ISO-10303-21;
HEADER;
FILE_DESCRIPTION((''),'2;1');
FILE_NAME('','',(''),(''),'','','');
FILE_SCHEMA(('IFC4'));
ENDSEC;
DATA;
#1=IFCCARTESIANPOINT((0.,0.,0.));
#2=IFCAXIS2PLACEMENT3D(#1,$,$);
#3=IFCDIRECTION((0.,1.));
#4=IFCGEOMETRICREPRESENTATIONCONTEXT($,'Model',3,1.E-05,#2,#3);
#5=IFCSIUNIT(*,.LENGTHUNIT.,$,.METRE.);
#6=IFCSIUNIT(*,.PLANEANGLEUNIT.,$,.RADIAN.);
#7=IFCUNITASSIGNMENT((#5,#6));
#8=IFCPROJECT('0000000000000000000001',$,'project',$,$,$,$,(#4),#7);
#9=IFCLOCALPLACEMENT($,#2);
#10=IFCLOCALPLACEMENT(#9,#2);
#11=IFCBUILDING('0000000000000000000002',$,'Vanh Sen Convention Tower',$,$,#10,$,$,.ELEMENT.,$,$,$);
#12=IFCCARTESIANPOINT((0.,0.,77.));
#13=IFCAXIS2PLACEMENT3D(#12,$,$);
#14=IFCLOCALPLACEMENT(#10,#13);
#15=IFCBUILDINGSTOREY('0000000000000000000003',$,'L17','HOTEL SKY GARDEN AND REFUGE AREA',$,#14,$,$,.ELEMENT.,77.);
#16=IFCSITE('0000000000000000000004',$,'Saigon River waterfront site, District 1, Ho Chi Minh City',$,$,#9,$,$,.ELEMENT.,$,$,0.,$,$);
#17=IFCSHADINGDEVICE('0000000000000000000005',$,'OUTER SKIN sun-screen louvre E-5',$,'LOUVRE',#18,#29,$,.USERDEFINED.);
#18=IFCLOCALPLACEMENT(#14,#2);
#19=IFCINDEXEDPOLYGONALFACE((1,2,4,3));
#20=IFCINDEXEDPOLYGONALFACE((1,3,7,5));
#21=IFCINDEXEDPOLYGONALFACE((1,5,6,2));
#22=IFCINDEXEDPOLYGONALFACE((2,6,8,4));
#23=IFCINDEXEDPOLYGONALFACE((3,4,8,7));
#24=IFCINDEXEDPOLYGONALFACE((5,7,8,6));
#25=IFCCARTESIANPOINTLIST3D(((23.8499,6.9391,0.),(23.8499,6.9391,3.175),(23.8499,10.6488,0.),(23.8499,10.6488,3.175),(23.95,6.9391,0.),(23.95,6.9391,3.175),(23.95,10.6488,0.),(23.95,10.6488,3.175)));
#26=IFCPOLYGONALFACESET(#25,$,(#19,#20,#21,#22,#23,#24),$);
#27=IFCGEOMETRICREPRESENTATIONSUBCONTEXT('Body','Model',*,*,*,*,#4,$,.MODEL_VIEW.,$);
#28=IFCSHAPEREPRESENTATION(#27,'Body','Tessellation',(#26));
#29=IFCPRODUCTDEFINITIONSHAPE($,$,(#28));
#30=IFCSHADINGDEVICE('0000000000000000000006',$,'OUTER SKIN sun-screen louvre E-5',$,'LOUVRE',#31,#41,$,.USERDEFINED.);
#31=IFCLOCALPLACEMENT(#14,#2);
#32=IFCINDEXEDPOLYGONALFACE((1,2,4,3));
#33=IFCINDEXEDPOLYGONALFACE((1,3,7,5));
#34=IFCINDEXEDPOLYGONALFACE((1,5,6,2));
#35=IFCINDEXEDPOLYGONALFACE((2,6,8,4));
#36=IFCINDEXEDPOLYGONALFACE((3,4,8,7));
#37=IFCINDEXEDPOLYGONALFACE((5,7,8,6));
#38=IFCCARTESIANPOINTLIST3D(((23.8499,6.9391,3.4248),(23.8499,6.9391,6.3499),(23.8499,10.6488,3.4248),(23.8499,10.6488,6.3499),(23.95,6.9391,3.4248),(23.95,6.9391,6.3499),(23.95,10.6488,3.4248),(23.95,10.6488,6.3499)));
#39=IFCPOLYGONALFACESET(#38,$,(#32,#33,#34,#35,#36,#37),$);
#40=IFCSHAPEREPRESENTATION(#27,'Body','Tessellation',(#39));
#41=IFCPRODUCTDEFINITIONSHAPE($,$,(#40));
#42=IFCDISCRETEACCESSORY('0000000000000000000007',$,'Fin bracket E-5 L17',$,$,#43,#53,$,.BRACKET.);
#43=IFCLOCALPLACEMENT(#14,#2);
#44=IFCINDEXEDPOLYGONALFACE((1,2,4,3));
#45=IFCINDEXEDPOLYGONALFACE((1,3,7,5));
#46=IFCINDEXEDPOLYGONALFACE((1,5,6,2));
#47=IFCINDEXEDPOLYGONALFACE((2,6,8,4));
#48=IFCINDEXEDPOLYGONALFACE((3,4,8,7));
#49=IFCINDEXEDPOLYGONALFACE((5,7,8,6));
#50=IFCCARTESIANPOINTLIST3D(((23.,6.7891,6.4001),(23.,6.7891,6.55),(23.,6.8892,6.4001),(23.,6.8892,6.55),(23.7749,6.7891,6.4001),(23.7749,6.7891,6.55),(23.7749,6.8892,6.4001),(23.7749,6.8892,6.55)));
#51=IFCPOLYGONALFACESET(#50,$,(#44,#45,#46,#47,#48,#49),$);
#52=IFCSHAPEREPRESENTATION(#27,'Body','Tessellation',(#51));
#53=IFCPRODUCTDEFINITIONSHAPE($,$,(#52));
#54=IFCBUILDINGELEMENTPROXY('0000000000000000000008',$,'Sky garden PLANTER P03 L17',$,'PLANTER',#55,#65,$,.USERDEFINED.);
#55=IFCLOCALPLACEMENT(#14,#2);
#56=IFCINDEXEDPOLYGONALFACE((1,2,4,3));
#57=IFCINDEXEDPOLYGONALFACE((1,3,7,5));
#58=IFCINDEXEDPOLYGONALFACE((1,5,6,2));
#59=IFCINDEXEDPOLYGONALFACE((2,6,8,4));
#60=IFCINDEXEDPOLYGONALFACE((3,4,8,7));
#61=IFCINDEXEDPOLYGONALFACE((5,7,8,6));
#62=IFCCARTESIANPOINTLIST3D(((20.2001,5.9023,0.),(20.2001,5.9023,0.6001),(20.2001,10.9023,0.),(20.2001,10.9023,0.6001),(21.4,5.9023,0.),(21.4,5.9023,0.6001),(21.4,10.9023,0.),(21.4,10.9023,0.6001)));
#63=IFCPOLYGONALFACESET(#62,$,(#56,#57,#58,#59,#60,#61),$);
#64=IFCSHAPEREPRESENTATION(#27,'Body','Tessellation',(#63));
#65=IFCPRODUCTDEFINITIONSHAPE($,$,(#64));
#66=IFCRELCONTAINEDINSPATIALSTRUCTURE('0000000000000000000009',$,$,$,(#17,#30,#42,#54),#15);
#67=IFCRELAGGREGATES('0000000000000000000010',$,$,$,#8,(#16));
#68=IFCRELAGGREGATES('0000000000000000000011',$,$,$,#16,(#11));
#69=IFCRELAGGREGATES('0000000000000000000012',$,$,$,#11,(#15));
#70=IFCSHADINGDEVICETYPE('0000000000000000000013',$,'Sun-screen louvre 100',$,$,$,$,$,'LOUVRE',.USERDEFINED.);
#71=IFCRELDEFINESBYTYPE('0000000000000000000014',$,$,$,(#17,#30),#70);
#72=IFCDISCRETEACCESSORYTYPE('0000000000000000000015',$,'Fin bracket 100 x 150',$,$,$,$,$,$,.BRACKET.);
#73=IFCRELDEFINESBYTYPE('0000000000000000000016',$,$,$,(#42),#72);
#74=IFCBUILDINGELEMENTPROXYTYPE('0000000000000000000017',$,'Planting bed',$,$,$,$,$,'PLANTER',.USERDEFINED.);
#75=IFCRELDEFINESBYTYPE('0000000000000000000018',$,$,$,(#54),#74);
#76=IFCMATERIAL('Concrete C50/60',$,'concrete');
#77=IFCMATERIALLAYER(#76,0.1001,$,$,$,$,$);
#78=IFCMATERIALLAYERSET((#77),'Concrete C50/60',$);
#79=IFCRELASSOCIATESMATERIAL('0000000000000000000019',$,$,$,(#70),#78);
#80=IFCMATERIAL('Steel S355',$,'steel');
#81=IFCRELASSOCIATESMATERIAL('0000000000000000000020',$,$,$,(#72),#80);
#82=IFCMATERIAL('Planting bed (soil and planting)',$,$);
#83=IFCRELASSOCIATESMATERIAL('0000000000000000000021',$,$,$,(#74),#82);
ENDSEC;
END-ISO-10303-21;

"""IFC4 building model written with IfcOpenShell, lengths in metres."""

from ifc_helpers import new_model, si_unit, direction, frame, origin, origin_2d, place, context, subcontext, project, spatial, rectangle, extrude, material, layer, layer_set, type_object, element, save


model = new_model("IFC4")

# Units and contexts
model_context = context("Model", 3, precision=1e-05, world=origin(), true_north=direction((0.0, 1.0)))
body_context = subcontext(model_context, "Body", "Model", "MODEL_VIEW")
ifc_project = project(units=[si_unit("LENGTHUNIT", "METRE"), si_unit("PLANEANGLEUNIT", "RADIAN")], contexts=[model_context])

# Site, building, storey
site_placement = place(None, origin())
site = spatial("IfcSite", under=ifc_project, at=site_placement, Name="Saigon River waterfront site, District 1, Ho Chi Minh City", CompositionType="ELEMENT", RefElevation=0.0)
building_placement = place(site_placement, origin())
building = spatial("IfcBuilding", under=site, at=building_placement, Name="Vanh Sen Convention Tower", CompositionType="ELEMENT")
storey_placement = place(building_placement, frame((0.0, 0.0, 77.0)))
storey = spatial("IfcBuildingStorey", under=building, at=storey_placement, Name="L17", Description="HOTEL SKY GARDEN AND REFUGE AREA", CompositionType="ELEMENT", Elevation=77.0)

# Shading devices
ifc_material_1 = material(Name="Concrete C50/60", Category="concrete")
ifc_layer_1 = layer(ifc_material_1, 0.1001)
ifc_layer_set_1 = layer_set([ifc_layer_1], Name="Concrete C50/60")
shading_device_type = type_object("IfcShadingDeviceType", Name="Sun-screen louvre 100", ElementType="LOUVRE", PredefinedType="USERDEFINED", material=ifc_layer_set_1)
shading_device_1_placement = place(storey_placement, frame((23.8999, 8.7939, 0.0), z_axis=(0.0, 0.0, 1.0), x_axis=(0.0, 1.0, 0.0)))
element("IfcShadingDevice", 1, at=shading_device_1_placement, inside=storey, type_object=shading_device_type, Name="OUTER SKIN sun-screen louvre E-5", ObjectType="LOUVRE", PredefinedType="USERDEFINED", context=body_context, shape_type="SweptSolid", body=[
    extrude(rectangle(XDim=3.7097, YDim=0.1001, at=origin_2d()), origin(), (0.0, 0.0, 1.0), 3.175),
])
shading_device_2_placement = place(storey_placement, frame((23.8999, 8.7939, 3.4248), z_axis=(0.0, 0.0, 1.0), x_axis=(0.0, 1.0, 0.0)))
element("IfcShadingDevice", 2, at=shading_device_2_placement, inside=storey, type_object=shading_device_type, Name="OUTER SKIN sun-screen louvre E-5", ObjectType="LOUVRE", PredefinedType="USERDEFINED", context=body_context, shape_type="SweptSolid", body=[
    extrude(rectangle(XDim=3.7097, YDim=0.1001, at=origin_2d()), origin(), (0.0, 0.0, 1.0), 2.925),
])

# Discrete accessory
ifc_material_2 = material(Name="Steel S355", Category="steel")
discrete_accessory_type = type_object("IfcDiscreteAccessoryType", Name="Fin bracket 100 x 150", PredefinedType="BRACKET", material=ifc_material_2)
discrete_accessory_placement = place(storey_placement, frame((23.3875, 6.8391, 6.4001), z_axis=(0.0, 0.0, 1.0), x_axis=(1.0, 0.0, 0.0)))
element("IfcDiscreteAccessory", 3, at=discrete_accessory_placement, inside=storey, type_object=discrete_accessory_type, Name="Fin bracket E-5 L17", PredefinedType="BRACKET", context=body_context, shape_type="SweptSolid", body=[
    extrude(rectangle(XDim=0.7749, YDim=0.1001, at=origin_2d()), origin(), (0.0, 0.0, 1.0), 0.1499),
])

# Building element proxy
ifc_material_3 = material(Name="Planting bed (soil and planting)")
building_element_proxy_type = type_object("IfcBuildingElementProxyType", Name="Planting bed", ElementType="PLANTER", PredefinedType="USERDEFINED", material=ifc_material_3)
proxy_placement = place(storey_placement, frame((20.8, 8.4023, 0.0), z_axis=(0.0, 0.0, 1.0), x_axis=(0.0, 1.0, 0.0)))
element("IfcBuildingElementProxy", 4, at=proxy_placement, inside=storey, type_object=building_element_proxy_type, Name="Sky garden PLANTER P03 L17", ObjectType="PLANTER", PredefinedType="USERDEFINED", context=body_context, shape_type="SweptSolid", body=[
    extrude(rectangle(XDim=5.0, YDim=1.2, at=origin_2d()), origin(), (0.0, 0.0, 1.0), 0.6001),
])

save(model, "model.ifc")
